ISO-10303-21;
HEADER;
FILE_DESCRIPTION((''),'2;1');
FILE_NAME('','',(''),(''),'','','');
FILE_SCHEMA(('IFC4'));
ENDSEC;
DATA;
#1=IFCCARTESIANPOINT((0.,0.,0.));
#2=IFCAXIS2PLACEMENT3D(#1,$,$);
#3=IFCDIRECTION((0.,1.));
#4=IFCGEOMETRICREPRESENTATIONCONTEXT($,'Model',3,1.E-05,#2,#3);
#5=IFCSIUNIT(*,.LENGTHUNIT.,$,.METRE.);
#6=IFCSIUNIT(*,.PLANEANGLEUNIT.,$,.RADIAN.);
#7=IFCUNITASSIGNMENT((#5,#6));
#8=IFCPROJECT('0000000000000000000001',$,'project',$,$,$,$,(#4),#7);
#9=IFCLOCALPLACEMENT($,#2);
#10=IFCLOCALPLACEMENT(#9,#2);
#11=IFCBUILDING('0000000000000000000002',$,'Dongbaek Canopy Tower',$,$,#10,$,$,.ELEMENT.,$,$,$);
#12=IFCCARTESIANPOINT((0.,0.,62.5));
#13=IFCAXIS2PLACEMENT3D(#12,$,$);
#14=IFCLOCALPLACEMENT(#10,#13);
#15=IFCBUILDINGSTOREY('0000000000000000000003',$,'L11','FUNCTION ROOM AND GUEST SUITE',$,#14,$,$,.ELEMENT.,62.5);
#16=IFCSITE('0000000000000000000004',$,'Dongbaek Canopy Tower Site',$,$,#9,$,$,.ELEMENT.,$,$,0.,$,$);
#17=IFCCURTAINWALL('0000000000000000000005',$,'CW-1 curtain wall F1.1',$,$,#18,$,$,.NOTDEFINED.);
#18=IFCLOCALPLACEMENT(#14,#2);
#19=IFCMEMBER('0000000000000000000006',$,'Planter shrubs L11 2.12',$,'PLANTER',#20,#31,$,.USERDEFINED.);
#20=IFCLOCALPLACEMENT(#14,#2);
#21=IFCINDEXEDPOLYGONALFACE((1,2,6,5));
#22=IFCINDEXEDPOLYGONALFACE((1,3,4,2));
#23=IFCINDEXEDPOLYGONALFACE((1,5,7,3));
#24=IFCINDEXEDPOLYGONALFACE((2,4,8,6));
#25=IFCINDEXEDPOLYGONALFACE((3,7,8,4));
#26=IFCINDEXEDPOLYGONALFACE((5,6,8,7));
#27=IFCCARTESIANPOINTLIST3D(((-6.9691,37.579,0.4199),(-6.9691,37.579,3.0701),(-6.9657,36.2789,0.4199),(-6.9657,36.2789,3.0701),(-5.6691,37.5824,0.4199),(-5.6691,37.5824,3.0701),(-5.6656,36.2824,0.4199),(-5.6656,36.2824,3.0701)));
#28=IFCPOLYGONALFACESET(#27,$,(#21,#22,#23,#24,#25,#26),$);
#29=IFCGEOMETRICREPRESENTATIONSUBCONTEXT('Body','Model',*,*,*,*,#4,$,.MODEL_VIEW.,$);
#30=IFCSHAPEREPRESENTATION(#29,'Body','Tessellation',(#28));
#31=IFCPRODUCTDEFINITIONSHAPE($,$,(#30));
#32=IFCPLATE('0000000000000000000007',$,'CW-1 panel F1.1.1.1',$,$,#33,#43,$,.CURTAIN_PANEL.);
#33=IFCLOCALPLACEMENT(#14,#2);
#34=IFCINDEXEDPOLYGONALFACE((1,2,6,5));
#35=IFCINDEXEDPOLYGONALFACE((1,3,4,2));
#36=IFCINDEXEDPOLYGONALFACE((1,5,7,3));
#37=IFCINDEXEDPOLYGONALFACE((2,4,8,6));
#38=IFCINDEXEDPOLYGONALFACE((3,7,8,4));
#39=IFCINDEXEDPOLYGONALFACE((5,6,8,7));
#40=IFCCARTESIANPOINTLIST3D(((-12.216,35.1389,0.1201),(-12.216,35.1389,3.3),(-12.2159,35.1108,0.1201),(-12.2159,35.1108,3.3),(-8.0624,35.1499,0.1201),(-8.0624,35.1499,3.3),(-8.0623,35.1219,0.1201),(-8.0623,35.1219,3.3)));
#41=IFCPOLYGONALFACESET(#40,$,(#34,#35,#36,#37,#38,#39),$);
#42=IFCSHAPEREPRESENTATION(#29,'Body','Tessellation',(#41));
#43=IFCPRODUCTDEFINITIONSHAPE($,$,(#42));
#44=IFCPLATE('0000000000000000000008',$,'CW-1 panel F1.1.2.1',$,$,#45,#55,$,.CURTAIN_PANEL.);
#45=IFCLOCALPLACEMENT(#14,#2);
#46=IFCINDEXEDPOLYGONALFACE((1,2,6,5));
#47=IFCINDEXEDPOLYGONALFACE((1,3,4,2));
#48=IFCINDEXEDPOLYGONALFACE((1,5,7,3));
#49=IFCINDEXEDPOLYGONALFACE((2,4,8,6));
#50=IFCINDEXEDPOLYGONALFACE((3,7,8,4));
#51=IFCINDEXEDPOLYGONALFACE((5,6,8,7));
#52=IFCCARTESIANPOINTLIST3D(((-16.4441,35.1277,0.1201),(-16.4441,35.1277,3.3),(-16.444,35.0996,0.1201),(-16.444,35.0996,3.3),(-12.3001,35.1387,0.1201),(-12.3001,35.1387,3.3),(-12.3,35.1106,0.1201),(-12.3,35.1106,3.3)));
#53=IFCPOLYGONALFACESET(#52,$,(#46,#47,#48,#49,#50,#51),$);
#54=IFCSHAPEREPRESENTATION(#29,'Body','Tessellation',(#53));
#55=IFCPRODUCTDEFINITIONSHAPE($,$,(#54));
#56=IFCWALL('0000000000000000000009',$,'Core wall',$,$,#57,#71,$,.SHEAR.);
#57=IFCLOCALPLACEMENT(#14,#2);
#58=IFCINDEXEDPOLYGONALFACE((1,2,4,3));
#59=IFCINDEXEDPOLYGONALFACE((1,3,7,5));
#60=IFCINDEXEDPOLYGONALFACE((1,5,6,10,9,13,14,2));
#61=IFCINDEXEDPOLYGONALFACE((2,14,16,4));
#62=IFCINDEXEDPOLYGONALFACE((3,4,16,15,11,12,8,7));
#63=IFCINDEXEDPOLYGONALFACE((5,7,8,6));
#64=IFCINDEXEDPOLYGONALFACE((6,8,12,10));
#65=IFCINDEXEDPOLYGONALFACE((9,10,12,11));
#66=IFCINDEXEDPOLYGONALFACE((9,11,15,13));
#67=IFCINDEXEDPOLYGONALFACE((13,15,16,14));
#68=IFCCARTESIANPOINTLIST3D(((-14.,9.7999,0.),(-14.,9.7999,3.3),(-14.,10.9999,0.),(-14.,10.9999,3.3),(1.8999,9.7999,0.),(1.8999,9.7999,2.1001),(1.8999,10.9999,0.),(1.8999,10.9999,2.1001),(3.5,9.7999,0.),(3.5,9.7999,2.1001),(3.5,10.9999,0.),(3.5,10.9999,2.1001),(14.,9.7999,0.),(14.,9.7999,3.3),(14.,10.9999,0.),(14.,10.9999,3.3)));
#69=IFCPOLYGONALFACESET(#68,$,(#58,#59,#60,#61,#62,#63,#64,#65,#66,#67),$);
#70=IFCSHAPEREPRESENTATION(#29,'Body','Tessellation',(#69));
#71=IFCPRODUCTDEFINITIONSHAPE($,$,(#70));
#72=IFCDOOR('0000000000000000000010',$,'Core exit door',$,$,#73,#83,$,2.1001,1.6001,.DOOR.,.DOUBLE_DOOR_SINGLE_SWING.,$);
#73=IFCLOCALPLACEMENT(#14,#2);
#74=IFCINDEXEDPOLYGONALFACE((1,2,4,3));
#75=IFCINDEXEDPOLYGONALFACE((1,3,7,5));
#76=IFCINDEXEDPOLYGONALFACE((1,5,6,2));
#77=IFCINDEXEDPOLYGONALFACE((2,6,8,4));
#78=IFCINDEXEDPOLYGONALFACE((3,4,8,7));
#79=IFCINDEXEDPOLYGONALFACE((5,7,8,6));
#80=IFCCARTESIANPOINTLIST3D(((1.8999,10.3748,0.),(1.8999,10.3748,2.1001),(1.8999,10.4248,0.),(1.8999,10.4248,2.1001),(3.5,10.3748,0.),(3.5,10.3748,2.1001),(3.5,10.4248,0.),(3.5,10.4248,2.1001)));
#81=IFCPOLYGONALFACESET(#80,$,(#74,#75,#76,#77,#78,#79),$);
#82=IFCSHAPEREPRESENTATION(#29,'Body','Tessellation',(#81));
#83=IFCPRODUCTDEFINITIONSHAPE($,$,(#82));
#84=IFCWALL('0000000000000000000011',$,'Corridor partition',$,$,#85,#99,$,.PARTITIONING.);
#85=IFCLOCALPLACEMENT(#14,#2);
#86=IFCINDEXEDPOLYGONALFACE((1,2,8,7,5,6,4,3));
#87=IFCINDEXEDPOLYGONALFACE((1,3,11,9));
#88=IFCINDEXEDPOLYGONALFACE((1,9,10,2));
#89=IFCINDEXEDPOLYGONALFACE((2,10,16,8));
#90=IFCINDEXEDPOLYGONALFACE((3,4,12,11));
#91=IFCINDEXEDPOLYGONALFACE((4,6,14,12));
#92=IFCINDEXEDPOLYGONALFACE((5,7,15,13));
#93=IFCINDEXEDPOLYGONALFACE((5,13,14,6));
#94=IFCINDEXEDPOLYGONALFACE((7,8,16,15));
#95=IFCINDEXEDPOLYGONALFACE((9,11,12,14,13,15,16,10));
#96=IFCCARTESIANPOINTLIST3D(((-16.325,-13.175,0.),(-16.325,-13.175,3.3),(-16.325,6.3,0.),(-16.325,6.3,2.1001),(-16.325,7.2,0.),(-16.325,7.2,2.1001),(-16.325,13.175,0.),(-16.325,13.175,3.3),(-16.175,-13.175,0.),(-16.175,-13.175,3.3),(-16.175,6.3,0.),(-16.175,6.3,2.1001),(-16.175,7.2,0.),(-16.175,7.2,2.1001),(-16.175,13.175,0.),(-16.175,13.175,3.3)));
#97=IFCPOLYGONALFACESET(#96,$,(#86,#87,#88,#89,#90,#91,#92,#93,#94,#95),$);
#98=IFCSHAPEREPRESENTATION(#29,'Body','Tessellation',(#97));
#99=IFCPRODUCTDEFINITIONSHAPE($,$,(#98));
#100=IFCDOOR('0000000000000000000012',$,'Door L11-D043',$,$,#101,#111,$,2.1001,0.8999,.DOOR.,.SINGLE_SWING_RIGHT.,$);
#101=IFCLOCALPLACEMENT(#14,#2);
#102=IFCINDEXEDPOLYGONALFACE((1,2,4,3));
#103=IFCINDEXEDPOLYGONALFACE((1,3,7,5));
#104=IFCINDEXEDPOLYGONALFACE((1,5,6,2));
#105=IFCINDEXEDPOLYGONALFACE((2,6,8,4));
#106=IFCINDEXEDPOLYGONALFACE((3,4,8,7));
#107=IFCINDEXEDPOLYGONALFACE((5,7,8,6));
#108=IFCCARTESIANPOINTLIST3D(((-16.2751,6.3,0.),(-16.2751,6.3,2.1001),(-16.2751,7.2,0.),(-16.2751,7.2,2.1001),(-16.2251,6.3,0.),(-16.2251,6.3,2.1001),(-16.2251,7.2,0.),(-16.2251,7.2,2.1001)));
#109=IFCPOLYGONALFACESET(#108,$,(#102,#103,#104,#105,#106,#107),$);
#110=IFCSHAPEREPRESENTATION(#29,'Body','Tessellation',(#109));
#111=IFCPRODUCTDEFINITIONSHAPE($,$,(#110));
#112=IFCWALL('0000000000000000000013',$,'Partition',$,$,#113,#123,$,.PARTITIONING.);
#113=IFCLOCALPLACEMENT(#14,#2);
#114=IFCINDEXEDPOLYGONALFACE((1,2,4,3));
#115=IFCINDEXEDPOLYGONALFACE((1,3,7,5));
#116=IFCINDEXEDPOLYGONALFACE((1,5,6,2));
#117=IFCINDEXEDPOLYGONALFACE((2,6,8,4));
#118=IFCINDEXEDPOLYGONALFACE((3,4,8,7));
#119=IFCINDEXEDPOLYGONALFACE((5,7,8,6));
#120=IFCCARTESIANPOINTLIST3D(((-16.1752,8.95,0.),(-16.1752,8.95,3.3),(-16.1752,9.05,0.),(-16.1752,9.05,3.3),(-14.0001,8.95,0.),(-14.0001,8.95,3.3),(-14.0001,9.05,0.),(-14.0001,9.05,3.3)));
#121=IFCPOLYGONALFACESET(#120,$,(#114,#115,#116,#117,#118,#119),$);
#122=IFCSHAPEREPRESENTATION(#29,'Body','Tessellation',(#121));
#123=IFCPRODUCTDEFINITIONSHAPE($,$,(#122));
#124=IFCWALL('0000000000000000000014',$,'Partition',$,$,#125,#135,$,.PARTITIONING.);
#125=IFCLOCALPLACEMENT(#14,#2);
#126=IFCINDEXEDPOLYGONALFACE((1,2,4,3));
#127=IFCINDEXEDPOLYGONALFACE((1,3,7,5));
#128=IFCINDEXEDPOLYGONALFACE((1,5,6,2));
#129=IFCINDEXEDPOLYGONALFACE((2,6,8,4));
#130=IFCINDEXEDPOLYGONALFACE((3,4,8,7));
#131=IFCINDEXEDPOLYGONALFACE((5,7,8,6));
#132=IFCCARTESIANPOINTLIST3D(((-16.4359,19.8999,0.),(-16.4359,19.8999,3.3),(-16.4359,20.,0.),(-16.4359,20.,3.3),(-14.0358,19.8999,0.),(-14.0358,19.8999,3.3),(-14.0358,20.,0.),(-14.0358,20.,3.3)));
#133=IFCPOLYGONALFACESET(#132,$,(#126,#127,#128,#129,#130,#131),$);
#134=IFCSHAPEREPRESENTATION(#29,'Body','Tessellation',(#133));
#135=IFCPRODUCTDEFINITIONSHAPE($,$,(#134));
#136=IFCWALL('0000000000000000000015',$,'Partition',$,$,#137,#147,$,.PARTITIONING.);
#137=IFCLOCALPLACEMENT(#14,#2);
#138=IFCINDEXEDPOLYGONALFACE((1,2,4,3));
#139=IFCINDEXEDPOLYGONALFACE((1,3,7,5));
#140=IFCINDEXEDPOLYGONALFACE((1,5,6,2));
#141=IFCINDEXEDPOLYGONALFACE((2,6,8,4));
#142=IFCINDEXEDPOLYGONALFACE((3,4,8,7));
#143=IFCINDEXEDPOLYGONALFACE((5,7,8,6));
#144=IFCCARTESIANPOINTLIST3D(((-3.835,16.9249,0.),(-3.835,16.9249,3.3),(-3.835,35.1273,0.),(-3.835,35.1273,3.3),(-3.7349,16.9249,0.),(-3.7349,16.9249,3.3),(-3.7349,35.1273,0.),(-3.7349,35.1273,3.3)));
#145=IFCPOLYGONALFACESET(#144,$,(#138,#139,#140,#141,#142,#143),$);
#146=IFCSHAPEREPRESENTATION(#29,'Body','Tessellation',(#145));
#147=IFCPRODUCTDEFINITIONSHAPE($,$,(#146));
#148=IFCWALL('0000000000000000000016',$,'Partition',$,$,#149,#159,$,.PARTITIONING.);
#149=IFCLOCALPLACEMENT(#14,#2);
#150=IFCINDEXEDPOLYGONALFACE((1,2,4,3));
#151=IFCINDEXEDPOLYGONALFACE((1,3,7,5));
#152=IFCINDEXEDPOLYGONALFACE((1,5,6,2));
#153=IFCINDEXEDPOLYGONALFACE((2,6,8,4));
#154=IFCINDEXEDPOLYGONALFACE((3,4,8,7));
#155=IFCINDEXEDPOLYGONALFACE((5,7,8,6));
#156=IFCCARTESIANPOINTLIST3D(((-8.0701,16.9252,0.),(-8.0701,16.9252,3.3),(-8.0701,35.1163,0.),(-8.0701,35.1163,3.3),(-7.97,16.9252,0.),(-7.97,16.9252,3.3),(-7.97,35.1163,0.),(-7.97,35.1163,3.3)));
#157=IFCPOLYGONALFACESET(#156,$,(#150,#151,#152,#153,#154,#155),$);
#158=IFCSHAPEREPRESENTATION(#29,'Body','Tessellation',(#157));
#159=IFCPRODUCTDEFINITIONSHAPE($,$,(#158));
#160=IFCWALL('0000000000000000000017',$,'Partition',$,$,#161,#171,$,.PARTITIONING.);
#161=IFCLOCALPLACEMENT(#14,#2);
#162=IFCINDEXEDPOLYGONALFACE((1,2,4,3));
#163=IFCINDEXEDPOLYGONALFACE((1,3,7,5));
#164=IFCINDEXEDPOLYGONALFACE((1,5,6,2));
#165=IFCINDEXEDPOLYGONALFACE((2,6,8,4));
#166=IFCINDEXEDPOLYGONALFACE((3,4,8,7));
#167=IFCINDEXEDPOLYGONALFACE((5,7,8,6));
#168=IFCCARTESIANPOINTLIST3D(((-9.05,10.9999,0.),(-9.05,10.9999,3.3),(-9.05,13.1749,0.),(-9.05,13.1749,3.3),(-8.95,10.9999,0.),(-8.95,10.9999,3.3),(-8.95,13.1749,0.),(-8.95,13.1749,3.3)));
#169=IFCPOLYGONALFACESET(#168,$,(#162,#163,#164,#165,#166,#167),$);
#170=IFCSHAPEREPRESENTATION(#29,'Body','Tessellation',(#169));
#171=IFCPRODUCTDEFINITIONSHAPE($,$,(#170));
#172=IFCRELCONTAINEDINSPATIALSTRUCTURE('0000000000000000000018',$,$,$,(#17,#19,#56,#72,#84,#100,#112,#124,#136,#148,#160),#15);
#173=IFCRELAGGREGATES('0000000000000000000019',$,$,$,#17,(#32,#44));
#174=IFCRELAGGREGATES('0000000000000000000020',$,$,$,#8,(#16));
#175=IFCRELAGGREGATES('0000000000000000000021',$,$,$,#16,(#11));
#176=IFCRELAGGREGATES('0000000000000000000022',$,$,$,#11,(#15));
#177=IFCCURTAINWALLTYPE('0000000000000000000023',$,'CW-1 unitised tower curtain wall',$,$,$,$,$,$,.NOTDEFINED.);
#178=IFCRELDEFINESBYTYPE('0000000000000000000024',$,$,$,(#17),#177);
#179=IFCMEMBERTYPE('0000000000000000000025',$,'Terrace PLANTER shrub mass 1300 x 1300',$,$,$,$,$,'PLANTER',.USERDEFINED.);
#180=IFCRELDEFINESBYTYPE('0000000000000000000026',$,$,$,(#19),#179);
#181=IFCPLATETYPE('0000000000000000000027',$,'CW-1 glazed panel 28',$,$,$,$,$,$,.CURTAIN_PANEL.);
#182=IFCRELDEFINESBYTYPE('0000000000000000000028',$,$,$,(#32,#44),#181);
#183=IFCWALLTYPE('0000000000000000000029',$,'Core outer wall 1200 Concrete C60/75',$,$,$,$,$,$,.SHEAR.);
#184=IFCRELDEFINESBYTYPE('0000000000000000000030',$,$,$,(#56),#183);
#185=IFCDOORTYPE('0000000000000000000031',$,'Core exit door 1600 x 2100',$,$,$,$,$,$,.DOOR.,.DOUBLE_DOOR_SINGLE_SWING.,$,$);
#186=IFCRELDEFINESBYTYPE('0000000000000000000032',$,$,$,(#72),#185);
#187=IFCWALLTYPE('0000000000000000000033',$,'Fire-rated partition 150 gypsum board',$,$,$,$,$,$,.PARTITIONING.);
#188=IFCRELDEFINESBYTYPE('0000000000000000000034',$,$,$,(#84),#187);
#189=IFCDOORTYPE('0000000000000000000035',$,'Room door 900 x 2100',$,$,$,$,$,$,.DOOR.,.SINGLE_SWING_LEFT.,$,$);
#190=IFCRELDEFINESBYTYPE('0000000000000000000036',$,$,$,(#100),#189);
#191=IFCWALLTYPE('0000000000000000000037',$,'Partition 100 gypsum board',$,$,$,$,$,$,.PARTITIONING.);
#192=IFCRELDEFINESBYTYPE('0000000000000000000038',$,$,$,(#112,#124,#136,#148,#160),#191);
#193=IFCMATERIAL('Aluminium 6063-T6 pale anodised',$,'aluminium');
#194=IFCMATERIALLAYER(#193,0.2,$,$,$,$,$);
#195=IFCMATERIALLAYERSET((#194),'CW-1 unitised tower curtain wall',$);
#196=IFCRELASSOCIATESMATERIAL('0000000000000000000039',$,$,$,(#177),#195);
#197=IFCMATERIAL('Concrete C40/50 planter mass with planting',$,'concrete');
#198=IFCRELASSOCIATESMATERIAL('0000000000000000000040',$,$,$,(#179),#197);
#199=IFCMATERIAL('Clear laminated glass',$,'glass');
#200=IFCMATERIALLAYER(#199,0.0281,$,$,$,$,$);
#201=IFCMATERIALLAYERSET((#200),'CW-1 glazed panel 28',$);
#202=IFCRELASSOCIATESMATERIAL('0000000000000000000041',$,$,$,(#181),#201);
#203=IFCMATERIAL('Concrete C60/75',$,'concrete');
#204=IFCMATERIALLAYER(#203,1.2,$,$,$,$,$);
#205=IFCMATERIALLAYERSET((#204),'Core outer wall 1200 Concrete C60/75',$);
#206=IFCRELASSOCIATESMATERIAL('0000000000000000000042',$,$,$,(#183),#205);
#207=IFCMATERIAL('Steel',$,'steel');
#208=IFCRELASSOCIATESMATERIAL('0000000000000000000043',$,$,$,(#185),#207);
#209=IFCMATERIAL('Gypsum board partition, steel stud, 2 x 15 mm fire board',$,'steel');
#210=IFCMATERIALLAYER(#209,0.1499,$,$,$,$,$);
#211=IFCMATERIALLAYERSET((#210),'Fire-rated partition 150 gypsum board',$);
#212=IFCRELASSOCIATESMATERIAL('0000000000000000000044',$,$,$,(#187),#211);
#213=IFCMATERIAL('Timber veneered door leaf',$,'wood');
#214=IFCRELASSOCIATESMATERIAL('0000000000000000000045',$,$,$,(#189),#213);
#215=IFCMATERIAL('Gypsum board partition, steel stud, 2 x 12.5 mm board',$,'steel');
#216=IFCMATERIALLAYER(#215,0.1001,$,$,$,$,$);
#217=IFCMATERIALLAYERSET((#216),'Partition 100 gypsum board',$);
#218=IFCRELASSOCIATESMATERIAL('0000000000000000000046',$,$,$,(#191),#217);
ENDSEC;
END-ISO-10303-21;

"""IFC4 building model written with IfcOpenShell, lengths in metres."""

from ifc_helpers import new_model, si_unit, direction, frame, frame_2d, origin, origin_2d, place, context, subcontext, project, spatial, rectangle, extrude, material, layer, layer_set, material_profile, profile_set, type_object, element, fill, aggregate, save


model = new_model("IFC4")

# Units and contexts
model_context = context("Model", 3, precision=1e-05, world=origin(), true_north=direction((0.0, 1.0)))
body_context = subcontext(model_context, "Body", "Model", "MODEL_VIEW")
ifc_project = project(units=[si_unit("LENGTHUNIT", "METRE"), si_unit("PLANEANGLEUNIT", "RADIAN")], contexts=[model_context])

# Site, building, storey
site_placement = place(None, origin())
site = spatial("IfcSite", under=ifc_project, at=site_placement, Name="Dongbaek Canopy Tower Site", CompositionType="ELEMENT", RefElevation=0.0)
building_placement = place(site_placement, origin())
building = spatial("IfcBuilding", under=site, at=building_placement, Name="Dongbaek Canopy Tower", CompositionType="ELEMENT")
storey_placement = place(building_placement, frame((0.0, 0.0, 62.5)))
storey = spatial("IfcBuildingStorey", under=building, at=storey_placement, Name="L11", Description="FUNCTION ROOM AND GUEST SUITE", CompositionType="ELEMENT", Elevation=62.5)

# Curtain wall
ifc_material_1 = material(Name="Aluminium 6063-T6 pale anodised", Category="aluminium")
ifc_layer_1 = layer(ifc_material_1, 0.2)
ifc_layer_set_1 = layer_set([ifc_layer_1], Name="CW-1 unitised tower curtain wall")
curtain_wall_type = type_object("IfcCurtainWallType", Name="CW-1 unitised tower curtain wall", PredefinedType="NOTDEFINED", material=ifc_layer_set_1)
curtain_wall_placement = place(storey_placement, origin())
curtain_wall = element("IfcCurtainWall", 1, at=curtain_wall_placement, inside=storey, type_object=curtain_wall_type, Name="CW-1 curtain wall F1.1", PredefinedType="NOTDEFINED")

# Member
ifc_material_2 = material(Name="Concrete C40/50 planter mass with planting", Category="concrete")
ifc_material_profile_1 = material_profile(ifc_material_2, rectangle(XDim=1.3, YDim=1.3, at=origin_2d()), Name="Terrace PLANTER shrub mass 1300 x 1300")
ifc_profile_set_1 = profile_set([ifc_material_profile_1], Name="Concrete C40/50 planter mass with planting")
member_type_1 = type_object("IfcMemberType", Name="Terrace PLANTER shrub mass 1300 x 1300", ElementType="PLANTER", PredefinedType="USERDEFINED", material=ifc_profile_set_1)
member_1_placement = place(storey_placement, frame((-6.3174, 36.9307, 0.4199), z_axis=(0.0, 0.0, 1.0), x_axis=(-0.002666, 0.999996, 0.0)))
element("IfcMember", 2, at=member_1_placement, inside=storey, type_object=member_type_1, Name="Planter shrubs L11 2.12", ObjectType="PLANTER", PredefinedType="USERDEFINED", context=body_context, shape_type="SweptSolid", body=[
    extrude(rectangle(XDim=1.3, YDim=1.3, at=origin_2d()), origin(), (0.0, 0.0, 1.0), 2.6501),
])

# Plates
ifc_material_3 = material(Name="Clear laminated glass", Category="glass")
ifc_layer_2 = layer(ifc_material_3, 0.0281)
ifc_layer_set_2 = layer_set([ifc_layer_2], Name="CW-1 glazed panel 28")
plate_type = type_object("IfcPlateType", Name="CW-1 glazed panel 28", PredefinedType="CURTAIN_PANEL", material=ifc_layer_set_2)
plate_1_placement = place(storey_placement, frame((-10.1392, 35.1304, 0.1201), z_axis=(0.0, 0.0, 1.0), x_axis=(-0.999996, -0.002666, 0.0)))
plate_1 = element("IfcPlate", 3, at=plate_1_placement, type_object=plate_type, Name="CW-1 panel F1.1.1.1", PredefinedType="CURTAIN_PANEL", context=body_context, shape_type="SweptSolid", body=[
    extrude(rectangle(XDim=4.1536, YDim=0.0281, at=origin_2d()), origin(), (0.0, 0.0, 1.0), 3.1799),
])
plate_2_placement = place(storey_placement, frame((-14.3721, 35.1191, 0.1201), z_axis=(0.0, 0.0, 1.0), x_axis=(-0.999996, -0.002666, 0.0)))
plate_2 = element("IfcPlate", 4, at=plate_2_placement, type_object=plate_type, Name="CW-1 panel F1.1.2.1", PredefinedType="CURTAIN_PANEL", context=body_context, shape_type="SweptSolid", body=[
    extrude(rectangle(XDim=4.144, YDim=0.0281, at=origin_2d()), origin(), (0.0, 0.0, 1.0), 3.1799),
])

# Walls, openings, doors
ifc_material_4 = material(Name="Concrete C60/75", Category="concrete")
ifc_layer_3 = layer(ifc_material_4, 1.2)
ifc_layer_set_3 = layer_set([ifc_layer_3], Name="Core outer wall 1200 Concrete C60/75")
wall_type_1 = type_object("IfcWallType", Name="Core outer wall 1200 Concrete C60/75", PredefinedType="SHEAR", material=ifc_layer_set_3)
wall_1_placement = place(storey_placement, frame((-14.0, 10.3999, 0.0), z_axis=(0.0, 0.0, 1.0), x_axis=(1.0, 0.0, 0.0)))
wall_1 = element("IfcWall", 5, at=wall_1_placement, inside=storey, type_object=wall_type_1, Name="Core wall", PredefinedType="SHEAR", context=body_context, shape_type="SweptSolid", body=[
    extrude(rectangle(XDim=28.0, YDim=1.2, at=frame_2d((14.0, 0.0))), origin(), (0.0, 0.0, 1.0), 3.3),
])
opening_1_placement = place(wall_1_placement, frame((15.8999, 0.0, 0.0)))
opening_1 = element("IfcOpeningElement", 6, at=opening_1_placement, cuts=wall_1, PredefinedType="OPENING", context=body_context, shape_type="SweptSolid", body=[
    extrude(rectangle(XDim=1.6001, YDim=2.1001, at=frame_2d((0.8, 1.05))), frame((0.0, 0.6099, 0.0), z_axis=(0.0, -1.0, 0.0), x_axis=(1.0, 0.0, 0.0)), (0.0, 0.0, 1.0), 1.22),
])
ifc_material_5 = material(Name="Steel", Category="steel")
door_type_1 = type_object("IfcDoorType", Name="Core exit door 1600 x 2100", OperationType="DOUBLE_DOOR_SINGLE_SWING", PredefinedType="DOOR", material=ifc_material_5)
door_1_placement = place(opening_1_placement, origin())
door_1 = element("IfcDoor", 7, at=door_1_placement, inside=storey, type_object=door_type_1, Name="Core exit door", OperationType="DOUBLE_DOOR_SINGLE_SWING", OverallHeight=2.1001, OverallWidth=1.6001, PredefinedType="DOOR", context=body_context, shape_type="SweptSolid", body=[
    extrude(rectangle(XDim=1.6001, YDim=2.1001, at=frame_2d((0.8, 1.05))), frame((0.0, 0.0249, 0.0), z_axis=(0.0, -1.0, 0.0), x_axis=(1.0, 0.0, 0.0)), (0.0, 0.0, 1.0), 0.05),
])
fill(opening_1, door_1)
ifc_material_6 = material(Name="Gypsum board partition, steel stud, 2 x 15 mm fire board", Category="steel")
ifc_layer_4 = layer(ifc_material_6, 0.1499)
ifc_layer_set_4 = layer_set([ifc_layer_4], Name="Fire-rated partition 150 gypsum board")
wall_type_2 = type_object("IfcWallType", Name="Fire-rated partition 150 gypsum board", PredefinedType="PARTITIONING", material=ifc_layer_set_4)
wall_2_placement = place(storey_placement, frame((-16.25, 13.175, 0.0), z_axis=(0.0, 0.0, 1.0), x_axis=(0.0, -1.0, 0.0)))
wall_2 = element("IfcWall", 8, at=wall_2_placement, inside=storey, type_object=wall_type_2, Name="Corridor partition", PredefinedType="PARTITIONING", context=body_context, shape_type="SweptSolid", body=[
    extrude(rectangle(XDim=26.3501, YDim=0.1499, at=frame_2d((13.175, 0.0))), origin(), (0.0, 0.0, 1.0), 3.3),
])
opening_2_placement = place(wall_2_placement, frame((5.9751, 0.0, 0.0)))
opening_2 = element("IfcOpeningElement", 9, at=opening_2_placement, cuts=wall_2, PredefinedType="OPENING", context=body_context, shape_type="SweptSolid", body=[
    extrude(rectangle(XDim=0.8999, YDim=2.1001, at=frame_2d((0.45, 1.05))), frame((0.0, 0.085, 0.0), z_axis=(0.0, -1.0, 0.0), x_axis=(1.0, 0.0, 0.0)), (0.0, 0.0, 1.0), 0.1699),
])
ifc_material_7 = material(Name="Timber veneered door leaf", Category="wood")
door_type_2 = type_object("IfcDoorType", Name="Room door 900 x 2100", OperationType="SINGLE_SWING_LEFT", PredefinedType="DOOR", material=ifc_material_7)
door_2_placement = place(opening_2_placement, origin())
door_2 = element("IfcDoor", 10, at=door_2_placement, inside=storey, type_object=door_type_2, Name="Door L11-D043", OperationType="SINGLE_SWING_RIGHT", OverallHeight=2.1001, OverallWidth=0.8999, PredefinedType="DOOR", context=body_context, shape_type="SweptSolid", body=[
    extrude(rectangle(XDim=0.8999, YDim=2.1001, at=frame_2d((0.45, 1.05))), frame((0.0, 0.0249, 0.0), z_axis=(0.0, -1.0, 0.0), x_axis=(1.0, 0.0, 0.0)), (0.0, 0.0, 1.0), 0.05),
])
fill(opening_2, door_2)

# Walls
ifc_material_8 = material(Name="Gypsum board partition, steel stud, 2 x 12.5 mm board", Category="steel")
ifc_layer_5 = layer(ifc_material_8, 0.1001)
ifc_layer_set_5 = layer_set([ifc_layer_5], Name="Partition 100 gypsum board")
wall_type_3 = type_object("IfcWallType", Name="Partition 100 gypsum board", PredefinedType="PARTITIONING", material=ifc_layer_set_5)
wall_3_placement = place(storey_placement, frame((-16.175, 9.0, 0.0), z_axis=(0.0, 0.0, 1.0), x_axis=(1.0, 0.0, 0.0)))
element("IfcWall", 11, at=wall_3_placement, inside=storey, type_object=wall_type_3, Name="Partition", PredefinedType="PARTITIONING", context=body_context, shape_type="SweptSolid", body=[
    extrude(rectangle(XDim=2.175, YDim=0.1001, at=frame_2d((1.0874, 0.0))), origin(), (0.0, 0.0, 1.0), 3.3),
])
wall_4_placement = place(storey_placement, frame((-16.436, 19.95, 0.0), z_axis=(0.0, 0.0, 1.0), x_axis=(1.0, 0.0, 0.0)))
element("IfcWall", 12, at=wall_4_placement, inside=storey, type_object=wall_type_3, Name="Partition", PredefinedType="PARTITIONING", context=body_context, shape_type="SweptSolid", body=[
    extrude(rectangle(XDim=2.4001, YDim=0.1001, at=frame_2d((1.2002, 0.0))), origin(), (0.0, 0.0, 1.0), 3.3),
])
wall_5_placement = place(storey_placement, frame((-3.7849, 16.925, 0.0), z_axis=(0.0, 0.0, 1.0), x_axis=(0.0, 1.0, 0.0)))
element("IfcWall", 13, at=wall_5_placement, inside=storey, type_object=wall_type_3, Name="Partition", PredefinedType="PARTITIONING", context=body_context, shape_type="SweptSolid", body=[
    extrude(rectangle(XDim=18.2024, YDim=0.1001, at=frame_2d((9.1011, 0.0))), origin(), (0.0, 0.0, 1.0), 3.3),
])
wall_6_placement = place(storey_placement, frame((-8.02, 16.925, 0.0), z_axis=(0.0, 0.0, 1.0), x_axis=(0.0, 1.0, 0.0)))
element("IfcWall", 14, at=wall_6_placement, inside=storey, type_object=wall_type_3, Name="Partition", PredefinedType="PARTITIONING", context=body_context, shape_type="SweptSolid", body=[
    extrude(rectangle(XDim=18.1912, YDim=0.1001, at=frame_2d((9.0957, 0.0))), origin(), (0.0, 0.0, 1.0), 3.3),
])
wall_7_placement = place(storey_placement, frame((-9.0, 11.0, 0.0), z_axis=(0.0, 0.0, 1.0), x_axis=(0.0, 1.0, 0.0)))
element("IfcWall", 15, at=wall_7_placement, inside=storey, type_object=wall_type_3, Name="Partition", PredefinedType="PARTITIONING", context=body_context, shape_type="SweptSolid", body=[
    extrude(rectangle(XDim=2.175, YDim=0.1001, at=frame_2d((1.0874, 0.0))), origin(), (0.0, 0.0, 1.0), 3.3),
])

aggregate(curtain_wall, [plate_1, plate_2])

save(model, "model.ifc")
